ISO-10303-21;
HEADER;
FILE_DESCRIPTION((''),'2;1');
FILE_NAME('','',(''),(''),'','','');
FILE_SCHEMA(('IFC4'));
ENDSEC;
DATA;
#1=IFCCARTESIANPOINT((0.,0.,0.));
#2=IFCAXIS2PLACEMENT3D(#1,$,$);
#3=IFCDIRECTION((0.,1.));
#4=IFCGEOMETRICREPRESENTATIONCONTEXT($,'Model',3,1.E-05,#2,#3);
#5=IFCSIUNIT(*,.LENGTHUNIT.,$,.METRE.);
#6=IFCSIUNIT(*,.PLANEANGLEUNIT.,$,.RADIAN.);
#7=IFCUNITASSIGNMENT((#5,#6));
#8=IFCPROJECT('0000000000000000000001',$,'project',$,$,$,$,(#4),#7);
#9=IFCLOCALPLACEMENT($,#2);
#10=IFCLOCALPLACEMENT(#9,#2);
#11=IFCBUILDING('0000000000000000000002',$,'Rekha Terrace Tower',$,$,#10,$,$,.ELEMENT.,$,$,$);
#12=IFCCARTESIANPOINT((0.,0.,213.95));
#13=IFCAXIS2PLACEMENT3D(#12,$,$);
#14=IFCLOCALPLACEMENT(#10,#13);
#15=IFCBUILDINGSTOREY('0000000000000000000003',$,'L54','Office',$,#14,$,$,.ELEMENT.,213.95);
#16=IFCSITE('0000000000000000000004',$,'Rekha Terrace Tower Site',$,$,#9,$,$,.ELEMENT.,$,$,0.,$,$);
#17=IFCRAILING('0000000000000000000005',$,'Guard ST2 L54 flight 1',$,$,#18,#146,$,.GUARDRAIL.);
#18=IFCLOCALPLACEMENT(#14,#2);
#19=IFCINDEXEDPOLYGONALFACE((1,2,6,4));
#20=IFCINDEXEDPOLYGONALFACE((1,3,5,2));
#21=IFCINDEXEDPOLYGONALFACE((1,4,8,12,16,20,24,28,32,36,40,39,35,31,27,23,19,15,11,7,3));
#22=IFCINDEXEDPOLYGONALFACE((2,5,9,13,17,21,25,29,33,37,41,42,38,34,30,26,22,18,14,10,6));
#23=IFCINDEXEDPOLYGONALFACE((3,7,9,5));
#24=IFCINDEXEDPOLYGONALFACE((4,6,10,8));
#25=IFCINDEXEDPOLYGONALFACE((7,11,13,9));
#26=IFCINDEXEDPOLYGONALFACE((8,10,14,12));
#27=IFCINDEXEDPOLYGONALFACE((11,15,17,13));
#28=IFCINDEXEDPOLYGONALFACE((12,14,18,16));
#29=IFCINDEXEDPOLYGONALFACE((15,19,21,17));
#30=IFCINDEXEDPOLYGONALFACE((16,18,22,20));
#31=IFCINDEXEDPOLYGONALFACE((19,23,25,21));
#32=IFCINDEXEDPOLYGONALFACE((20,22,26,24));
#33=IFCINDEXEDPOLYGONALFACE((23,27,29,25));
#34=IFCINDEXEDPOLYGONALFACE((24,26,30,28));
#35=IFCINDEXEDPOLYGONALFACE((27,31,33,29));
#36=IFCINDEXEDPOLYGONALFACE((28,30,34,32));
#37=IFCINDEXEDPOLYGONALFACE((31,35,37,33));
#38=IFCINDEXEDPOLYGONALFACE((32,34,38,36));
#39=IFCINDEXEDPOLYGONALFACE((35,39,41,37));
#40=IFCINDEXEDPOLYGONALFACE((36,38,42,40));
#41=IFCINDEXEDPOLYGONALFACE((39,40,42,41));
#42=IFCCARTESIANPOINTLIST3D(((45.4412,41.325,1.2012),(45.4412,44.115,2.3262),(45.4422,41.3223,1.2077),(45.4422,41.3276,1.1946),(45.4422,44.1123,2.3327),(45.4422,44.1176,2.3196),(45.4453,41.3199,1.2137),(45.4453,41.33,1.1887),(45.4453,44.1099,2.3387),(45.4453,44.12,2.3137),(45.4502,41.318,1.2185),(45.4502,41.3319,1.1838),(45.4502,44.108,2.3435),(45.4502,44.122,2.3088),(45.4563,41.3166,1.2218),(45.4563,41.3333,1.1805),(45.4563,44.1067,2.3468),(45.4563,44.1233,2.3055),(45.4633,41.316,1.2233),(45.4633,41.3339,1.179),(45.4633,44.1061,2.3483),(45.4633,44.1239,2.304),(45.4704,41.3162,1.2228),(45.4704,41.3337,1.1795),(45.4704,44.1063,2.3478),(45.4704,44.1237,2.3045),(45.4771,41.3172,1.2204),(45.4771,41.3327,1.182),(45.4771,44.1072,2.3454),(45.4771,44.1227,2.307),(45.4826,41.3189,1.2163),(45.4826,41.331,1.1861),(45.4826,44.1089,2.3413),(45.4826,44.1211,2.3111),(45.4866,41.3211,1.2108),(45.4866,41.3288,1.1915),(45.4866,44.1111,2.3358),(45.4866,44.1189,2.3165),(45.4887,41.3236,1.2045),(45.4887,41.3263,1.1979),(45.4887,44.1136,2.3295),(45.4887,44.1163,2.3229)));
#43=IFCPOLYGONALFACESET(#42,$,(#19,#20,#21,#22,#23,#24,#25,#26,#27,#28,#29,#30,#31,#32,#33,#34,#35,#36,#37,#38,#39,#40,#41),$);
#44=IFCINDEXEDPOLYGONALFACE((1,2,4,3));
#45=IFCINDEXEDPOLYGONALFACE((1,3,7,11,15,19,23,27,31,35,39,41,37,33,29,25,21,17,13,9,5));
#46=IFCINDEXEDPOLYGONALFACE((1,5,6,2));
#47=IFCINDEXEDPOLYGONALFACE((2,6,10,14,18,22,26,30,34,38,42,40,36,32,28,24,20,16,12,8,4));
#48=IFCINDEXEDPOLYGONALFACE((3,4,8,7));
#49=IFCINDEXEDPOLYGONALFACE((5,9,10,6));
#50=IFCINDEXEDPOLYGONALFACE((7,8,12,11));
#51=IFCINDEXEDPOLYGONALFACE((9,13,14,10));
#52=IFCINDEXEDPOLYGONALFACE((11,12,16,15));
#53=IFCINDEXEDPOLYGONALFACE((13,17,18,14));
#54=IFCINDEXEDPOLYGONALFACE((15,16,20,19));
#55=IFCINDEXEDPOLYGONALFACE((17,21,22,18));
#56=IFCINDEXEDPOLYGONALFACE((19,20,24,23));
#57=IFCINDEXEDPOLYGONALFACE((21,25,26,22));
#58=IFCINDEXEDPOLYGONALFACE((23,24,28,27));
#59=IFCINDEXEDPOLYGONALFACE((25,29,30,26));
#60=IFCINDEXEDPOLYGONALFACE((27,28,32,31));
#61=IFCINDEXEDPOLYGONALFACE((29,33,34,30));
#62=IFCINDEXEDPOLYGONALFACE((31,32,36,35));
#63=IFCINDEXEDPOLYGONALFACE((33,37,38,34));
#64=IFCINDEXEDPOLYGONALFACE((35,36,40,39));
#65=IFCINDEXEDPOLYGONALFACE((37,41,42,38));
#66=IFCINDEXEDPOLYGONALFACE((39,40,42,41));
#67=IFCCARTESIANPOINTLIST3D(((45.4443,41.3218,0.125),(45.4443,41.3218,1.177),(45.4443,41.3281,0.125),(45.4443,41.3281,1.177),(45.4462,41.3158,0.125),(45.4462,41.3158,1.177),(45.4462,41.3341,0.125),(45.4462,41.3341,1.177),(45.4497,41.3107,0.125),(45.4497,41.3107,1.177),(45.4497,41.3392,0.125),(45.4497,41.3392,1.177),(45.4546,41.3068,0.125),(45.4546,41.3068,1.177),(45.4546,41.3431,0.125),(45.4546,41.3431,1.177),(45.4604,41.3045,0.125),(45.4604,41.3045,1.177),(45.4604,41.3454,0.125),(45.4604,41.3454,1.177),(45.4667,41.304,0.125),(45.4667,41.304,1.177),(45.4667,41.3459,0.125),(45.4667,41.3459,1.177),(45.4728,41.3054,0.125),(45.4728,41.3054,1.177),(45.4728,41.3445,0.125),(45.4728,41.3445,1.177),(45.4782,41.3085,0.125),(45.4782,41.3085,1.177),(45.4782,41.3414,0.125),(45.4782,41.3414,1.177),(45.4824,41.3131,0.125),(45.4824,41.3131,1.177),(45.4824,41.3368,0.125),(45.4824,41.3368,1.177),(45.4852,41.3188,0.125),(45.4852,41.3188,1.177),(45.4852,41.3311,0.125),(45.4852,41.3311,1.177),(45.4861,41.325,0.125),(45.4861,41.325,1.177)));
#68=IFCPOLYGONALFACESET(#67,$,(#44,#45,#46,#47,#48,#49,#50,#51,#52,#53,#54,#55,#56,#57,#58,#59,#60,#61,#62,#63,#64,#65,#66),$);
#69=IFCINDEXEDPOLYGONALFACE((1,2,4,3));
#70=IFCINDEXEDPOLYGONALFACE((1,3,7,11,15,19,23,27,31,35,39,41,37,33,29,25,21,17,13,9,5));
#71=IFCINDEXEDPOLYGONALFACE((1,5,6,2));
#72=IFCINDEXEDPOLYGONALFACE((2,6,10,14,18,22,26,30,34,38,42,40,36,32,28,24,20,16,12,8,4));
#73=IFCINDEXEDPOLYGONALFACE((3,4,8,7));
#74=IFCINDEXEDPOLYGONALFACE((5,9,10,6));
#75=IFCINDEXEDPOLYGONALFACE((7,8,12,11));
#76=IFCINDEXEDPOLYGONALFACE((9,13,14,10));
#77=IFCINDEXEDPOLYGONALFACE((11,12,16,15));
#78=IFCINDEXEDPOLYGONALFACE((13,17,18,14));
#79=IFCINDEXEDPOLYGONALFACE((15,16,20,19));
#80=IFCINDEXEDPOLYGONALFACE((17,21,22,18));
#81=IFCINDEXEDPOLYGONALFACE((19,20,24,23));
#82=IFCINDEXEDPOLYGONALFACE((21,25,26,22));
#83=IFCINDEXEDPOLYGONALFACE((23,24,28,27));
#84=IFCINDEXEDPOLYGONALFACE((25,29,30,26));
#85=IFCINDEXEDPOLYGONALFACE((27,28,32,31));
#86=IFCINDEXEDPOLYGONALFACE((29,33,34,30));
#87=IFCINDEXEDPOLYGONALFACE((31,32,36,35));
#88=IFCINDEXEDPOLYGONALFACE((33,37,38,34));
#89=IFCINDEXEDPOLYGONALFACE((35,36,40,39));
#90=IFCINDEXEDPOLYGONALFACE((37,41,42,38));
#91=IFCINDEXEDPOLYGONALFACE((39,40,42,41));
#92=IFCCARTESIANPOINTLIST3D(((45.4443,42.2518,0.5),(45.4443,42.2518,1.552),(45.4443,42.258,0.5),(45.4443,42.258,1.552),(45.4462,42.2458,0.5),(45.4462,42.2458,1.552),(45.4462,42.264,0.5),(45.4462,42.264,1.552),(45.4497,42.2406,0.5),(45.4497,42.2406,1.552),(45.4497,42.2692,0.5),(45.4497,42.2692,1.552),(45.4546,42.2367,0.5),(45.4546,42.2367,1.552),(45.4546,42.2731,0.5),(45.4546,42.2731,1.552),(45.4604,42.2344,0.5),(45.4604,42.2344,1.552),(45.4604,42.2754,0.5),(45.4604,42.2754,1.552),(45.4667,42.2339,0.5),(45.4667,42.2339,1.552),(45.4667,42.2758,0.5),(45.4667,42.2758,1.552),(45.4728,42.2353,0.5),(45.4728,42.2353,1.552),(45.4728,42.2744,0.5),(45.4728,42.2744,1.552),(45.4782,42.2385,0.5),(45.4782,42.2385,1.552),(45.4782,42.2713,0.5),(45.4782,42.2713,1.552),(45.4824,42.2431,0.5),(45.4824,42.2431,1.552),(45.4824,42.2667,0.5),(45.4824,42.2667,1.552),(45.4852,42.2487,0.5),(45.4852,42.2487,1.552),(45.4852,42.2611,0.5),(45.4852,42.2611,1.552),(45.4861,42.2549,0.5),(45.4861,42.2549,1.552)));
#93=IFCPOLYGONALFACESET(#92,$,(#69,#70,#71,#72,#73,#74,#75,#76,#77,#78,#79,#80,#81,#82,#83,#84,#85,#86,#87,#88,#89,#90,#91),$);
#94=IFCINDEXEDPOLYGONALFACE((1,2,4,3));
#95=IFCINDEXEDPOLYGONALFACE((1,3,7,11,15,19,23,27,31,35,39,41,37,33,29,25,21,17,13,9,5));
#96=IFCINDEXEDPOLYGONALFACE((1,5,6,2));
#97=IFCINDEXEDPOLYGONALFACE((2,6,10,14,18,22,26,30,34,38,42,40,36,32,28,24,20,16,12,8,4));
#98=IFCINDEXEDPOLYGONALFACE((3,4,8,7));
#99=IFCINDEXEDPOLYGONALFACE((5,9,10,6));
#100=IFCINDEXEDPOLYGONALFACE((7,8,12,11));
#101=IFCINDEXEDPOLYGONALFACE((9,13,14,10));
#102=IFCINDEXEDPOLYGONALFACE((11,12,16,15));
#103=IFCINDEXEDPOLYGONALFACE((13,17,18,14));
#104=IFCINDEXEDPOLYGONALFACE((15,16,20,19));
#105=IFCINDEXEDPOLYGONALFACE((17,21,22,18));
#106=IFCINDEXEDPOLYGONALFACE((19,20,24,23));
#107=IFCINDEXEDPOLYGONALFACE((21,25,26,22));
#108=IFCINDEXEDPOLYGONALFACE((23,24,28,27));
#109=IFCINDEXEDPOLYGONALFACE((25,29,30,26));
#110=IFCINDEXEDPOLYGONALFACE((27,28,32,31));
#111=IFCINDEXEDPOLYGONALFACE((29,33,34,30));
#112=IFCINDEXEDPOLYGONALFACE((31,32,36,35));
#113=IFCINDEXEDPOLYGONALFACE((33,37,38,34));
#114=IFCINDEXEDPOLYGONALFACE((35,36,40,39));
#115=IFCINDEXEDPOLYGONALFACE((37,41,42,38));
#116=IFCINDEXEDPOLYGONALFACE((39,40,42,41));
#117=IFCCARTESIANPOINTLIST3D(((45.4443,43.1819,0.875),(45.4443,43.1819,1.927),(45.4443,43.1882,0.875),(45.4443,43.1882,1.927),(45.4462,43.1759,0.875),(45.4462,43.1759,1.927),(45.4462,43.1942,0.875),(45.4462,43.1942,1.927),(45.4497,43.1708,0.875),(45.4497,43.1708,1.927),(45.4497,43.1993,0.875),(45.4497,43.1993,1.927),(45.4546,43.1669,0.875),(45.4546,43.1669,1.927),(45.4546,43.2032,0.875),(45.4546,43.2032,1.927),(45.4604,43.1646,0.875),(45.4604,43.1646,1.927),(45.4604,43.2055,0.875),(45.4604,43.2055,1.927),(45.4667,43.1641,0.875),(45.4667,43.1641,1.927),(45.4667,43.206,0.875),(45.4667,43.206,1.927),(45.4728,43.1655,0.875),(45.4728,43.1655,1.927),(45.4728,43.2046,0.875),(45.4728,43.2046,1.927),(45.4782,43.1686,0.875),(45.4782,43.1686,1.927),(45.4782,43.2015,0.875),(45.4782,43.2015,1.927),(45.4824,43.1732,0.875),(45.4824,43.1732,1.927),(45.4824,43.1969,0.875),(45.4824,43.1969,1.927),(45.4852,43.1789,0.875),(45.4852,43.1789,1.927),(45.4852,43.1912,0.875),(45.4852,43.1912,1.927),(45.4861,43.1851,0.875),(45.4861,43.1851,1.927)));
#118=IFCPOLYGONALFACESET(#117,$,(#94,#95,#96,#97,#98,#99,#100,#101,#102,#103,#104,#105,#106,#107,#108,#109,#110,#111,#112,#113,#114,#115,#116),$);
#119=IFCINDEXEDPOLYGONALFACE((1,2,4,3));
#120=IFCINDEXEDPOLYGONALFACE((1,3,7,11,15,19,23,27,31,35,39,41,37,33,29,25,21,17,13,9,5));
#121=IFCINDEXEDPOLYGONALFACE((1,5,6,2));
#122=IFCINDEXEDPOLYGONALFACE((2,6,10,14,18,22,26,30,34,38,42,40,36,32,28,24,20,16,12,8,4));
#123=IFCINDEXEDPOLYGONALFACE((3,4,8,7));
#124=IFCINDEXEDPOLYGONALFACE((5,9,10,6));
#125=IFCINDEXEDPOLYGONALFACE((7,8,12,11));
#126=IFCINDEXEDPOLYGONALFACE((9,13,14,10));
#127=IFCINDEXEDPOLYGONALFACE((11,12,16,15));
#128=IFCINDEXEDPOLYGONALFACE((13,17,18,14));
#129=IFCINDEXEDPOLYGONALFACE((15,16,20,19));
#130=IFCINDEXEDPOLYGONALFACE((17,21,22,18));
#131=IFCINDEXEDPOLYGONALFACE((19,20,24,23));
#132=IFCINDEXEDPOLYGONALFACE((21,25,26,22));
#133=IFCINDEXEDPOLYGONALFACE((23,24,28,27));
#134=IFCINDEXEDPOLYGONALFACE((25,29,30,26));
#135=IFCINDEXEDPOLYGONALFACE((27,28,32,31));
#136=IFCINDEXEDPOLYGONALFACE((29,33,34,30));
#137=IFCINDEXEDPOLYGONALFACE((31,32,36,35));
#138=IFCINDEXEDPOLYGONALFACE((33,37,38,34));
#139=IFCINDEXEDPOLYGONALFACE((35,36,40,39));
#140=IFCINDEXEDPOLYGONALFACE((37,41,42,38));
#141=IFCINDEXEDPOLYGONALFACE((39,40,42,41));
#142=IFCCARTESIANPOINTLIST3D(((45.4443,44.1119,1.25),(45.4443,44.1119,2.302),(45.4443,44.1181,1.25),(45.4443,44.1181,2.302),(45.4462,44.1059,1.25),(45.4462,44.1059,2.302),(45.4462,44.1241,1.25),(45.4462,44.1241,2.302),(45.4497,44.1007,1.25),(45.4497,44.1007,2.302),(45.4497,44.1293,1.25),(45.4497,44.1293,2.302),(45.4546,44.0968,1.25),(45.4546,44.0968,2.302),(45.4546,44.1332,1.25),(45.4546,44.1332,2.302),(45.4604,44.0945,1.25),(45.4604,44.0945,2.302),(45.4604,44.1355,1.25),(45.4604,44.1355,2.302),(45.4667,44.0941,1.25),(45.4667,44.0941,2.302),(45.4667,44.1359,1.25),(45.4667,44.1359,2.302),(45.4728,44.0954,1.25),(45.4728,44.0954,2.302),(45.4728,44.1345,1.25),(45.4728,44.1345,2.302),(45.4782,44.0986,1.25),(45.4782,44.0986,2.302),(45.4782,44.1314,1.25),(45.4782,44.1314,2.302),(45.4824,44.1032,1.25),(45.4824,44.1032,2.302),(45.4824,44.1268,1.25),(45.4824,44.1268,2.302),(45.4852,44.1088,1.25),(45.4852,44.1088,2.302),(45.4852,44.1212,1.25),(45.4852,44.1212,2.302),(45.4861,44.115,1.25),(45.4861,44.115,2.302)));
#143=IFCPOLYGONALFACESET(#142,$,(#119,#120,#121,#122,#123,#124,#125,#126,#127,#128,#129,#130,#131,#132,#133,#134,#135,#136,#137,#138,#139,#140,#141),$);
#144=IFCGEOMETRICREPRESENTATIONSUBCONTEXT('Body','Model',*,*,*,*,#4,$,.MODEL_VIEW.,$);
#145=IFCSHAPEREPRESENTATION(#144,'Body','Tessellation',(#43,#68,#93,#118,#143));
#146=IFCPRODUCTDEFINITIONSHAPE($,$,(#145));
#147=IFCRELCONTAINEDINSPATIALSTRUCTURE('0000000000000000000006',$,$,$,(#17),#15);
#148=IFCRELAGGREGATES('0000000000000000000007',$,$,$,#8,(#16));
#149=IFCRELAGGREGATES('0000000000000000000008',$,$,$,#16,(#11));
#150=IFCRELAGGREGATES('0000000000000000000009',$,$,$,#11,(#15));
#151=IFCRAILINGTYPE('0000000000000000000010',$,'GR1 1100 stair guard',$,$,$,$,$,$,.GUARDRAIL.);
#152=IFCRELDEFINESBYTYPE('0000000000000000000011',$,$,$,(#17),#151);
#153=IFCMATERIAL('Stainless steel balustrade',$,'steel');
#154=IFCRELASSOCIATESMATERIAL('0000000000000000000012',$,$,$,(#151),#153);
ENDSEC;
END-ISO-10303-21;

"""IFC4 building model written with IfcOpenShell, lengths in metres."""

from ifc_helpers import new_model, si_unit, direction, frame, origin, origin_2d, place, context, subcontext, project, spatial, circle, extrude, material, type_object, element, save


model = new_model("IFC4")

# Units and contexts
model_context = context("Model", 3, precision=1e-05, world=origin(), true_north=direction((0.0, 1.0)))
body_context = subcontext(model_context, "Body", "Model", "MODEL_VIEW")
ifc_project = project(units=[si_unit("LENGTHUNIT", "METRE"), si_unit("PLANEANGLEUNIT", "RADIAN")], contexts=[model_context])

# Site, building, storey
site_placement = place(None, origin())
site = spatial("IfcSite", under=ifc_project, at=site_placement, Name="Rekha Terrace Tower Site", CompositionType="ELEMENT", RefElevation=0.0)
building_placement = place(site_placement, origin())
building = spatial("IfcBuilding", under=site, at=building_placement, Name="Rekha Terrace Tower", CompositionType="ELEMENT")
storey_placement = place(building_placement, frame((0.0, 0.0, 213.95)))
storey = spatial("IfcBuildingStorey", under=building, at=storey_placement, Name="L54", Description="Office", CompositionType="ELEMENT", Elevation=213.95)

# Railing
ifc_material_1 = material(Name="Stainless steel balustrade", Category="steel")
railing_type_1 = type_object("IfcRailingType", Name="GR1 1100 stair guard", PredefinedType="GUARDRAIL", material=ifc_material_1)
railing_1_placement = place(storey_placement, frame((45.4651, 41.325, 0.125)))
element("IfcRailing", 1, at=railing_1_placement, inside=storey, type_object=railing_type_1, Name="Guard ST2 L54 flight 1", PredefinedType="GUARDRAIL", context=body_context, shape_type="SweptSolid", body=[
    extrude(circle(Radius=0.0239, at=origin_2d()), frame((0.0, 0.0, 1.0762), z_axis=(0.0, 0.927443, 0.373964), x_axis=(-1.0, 0.0, 0.0)), (0.0, 0.0, 1.0), 3.0083),
    extrude(circle(Radius=0.021, at=origin_2d()), origin(), (0.0, 0.0, 1.0), 1.052),
    extrude(circle(Radius=0.021, at=origin_2d()), frame((0.0, 0.9299, 0.375)), (0.0, 0.0, 1.0), 1.052),
    extrude(circle(Radius=0.021, at=origin_2d()), frame((0.0, 1.8601, 0.75)), (0.0, 0.0, 1.0), 1.052),
    extrude(circle(Radius=0.021, at=origin_2d()), frame((0.0, 2.79, 1.125)), (0.0, 0.0, 1.0), 1.052),
])

save(model, "model.ifc")
